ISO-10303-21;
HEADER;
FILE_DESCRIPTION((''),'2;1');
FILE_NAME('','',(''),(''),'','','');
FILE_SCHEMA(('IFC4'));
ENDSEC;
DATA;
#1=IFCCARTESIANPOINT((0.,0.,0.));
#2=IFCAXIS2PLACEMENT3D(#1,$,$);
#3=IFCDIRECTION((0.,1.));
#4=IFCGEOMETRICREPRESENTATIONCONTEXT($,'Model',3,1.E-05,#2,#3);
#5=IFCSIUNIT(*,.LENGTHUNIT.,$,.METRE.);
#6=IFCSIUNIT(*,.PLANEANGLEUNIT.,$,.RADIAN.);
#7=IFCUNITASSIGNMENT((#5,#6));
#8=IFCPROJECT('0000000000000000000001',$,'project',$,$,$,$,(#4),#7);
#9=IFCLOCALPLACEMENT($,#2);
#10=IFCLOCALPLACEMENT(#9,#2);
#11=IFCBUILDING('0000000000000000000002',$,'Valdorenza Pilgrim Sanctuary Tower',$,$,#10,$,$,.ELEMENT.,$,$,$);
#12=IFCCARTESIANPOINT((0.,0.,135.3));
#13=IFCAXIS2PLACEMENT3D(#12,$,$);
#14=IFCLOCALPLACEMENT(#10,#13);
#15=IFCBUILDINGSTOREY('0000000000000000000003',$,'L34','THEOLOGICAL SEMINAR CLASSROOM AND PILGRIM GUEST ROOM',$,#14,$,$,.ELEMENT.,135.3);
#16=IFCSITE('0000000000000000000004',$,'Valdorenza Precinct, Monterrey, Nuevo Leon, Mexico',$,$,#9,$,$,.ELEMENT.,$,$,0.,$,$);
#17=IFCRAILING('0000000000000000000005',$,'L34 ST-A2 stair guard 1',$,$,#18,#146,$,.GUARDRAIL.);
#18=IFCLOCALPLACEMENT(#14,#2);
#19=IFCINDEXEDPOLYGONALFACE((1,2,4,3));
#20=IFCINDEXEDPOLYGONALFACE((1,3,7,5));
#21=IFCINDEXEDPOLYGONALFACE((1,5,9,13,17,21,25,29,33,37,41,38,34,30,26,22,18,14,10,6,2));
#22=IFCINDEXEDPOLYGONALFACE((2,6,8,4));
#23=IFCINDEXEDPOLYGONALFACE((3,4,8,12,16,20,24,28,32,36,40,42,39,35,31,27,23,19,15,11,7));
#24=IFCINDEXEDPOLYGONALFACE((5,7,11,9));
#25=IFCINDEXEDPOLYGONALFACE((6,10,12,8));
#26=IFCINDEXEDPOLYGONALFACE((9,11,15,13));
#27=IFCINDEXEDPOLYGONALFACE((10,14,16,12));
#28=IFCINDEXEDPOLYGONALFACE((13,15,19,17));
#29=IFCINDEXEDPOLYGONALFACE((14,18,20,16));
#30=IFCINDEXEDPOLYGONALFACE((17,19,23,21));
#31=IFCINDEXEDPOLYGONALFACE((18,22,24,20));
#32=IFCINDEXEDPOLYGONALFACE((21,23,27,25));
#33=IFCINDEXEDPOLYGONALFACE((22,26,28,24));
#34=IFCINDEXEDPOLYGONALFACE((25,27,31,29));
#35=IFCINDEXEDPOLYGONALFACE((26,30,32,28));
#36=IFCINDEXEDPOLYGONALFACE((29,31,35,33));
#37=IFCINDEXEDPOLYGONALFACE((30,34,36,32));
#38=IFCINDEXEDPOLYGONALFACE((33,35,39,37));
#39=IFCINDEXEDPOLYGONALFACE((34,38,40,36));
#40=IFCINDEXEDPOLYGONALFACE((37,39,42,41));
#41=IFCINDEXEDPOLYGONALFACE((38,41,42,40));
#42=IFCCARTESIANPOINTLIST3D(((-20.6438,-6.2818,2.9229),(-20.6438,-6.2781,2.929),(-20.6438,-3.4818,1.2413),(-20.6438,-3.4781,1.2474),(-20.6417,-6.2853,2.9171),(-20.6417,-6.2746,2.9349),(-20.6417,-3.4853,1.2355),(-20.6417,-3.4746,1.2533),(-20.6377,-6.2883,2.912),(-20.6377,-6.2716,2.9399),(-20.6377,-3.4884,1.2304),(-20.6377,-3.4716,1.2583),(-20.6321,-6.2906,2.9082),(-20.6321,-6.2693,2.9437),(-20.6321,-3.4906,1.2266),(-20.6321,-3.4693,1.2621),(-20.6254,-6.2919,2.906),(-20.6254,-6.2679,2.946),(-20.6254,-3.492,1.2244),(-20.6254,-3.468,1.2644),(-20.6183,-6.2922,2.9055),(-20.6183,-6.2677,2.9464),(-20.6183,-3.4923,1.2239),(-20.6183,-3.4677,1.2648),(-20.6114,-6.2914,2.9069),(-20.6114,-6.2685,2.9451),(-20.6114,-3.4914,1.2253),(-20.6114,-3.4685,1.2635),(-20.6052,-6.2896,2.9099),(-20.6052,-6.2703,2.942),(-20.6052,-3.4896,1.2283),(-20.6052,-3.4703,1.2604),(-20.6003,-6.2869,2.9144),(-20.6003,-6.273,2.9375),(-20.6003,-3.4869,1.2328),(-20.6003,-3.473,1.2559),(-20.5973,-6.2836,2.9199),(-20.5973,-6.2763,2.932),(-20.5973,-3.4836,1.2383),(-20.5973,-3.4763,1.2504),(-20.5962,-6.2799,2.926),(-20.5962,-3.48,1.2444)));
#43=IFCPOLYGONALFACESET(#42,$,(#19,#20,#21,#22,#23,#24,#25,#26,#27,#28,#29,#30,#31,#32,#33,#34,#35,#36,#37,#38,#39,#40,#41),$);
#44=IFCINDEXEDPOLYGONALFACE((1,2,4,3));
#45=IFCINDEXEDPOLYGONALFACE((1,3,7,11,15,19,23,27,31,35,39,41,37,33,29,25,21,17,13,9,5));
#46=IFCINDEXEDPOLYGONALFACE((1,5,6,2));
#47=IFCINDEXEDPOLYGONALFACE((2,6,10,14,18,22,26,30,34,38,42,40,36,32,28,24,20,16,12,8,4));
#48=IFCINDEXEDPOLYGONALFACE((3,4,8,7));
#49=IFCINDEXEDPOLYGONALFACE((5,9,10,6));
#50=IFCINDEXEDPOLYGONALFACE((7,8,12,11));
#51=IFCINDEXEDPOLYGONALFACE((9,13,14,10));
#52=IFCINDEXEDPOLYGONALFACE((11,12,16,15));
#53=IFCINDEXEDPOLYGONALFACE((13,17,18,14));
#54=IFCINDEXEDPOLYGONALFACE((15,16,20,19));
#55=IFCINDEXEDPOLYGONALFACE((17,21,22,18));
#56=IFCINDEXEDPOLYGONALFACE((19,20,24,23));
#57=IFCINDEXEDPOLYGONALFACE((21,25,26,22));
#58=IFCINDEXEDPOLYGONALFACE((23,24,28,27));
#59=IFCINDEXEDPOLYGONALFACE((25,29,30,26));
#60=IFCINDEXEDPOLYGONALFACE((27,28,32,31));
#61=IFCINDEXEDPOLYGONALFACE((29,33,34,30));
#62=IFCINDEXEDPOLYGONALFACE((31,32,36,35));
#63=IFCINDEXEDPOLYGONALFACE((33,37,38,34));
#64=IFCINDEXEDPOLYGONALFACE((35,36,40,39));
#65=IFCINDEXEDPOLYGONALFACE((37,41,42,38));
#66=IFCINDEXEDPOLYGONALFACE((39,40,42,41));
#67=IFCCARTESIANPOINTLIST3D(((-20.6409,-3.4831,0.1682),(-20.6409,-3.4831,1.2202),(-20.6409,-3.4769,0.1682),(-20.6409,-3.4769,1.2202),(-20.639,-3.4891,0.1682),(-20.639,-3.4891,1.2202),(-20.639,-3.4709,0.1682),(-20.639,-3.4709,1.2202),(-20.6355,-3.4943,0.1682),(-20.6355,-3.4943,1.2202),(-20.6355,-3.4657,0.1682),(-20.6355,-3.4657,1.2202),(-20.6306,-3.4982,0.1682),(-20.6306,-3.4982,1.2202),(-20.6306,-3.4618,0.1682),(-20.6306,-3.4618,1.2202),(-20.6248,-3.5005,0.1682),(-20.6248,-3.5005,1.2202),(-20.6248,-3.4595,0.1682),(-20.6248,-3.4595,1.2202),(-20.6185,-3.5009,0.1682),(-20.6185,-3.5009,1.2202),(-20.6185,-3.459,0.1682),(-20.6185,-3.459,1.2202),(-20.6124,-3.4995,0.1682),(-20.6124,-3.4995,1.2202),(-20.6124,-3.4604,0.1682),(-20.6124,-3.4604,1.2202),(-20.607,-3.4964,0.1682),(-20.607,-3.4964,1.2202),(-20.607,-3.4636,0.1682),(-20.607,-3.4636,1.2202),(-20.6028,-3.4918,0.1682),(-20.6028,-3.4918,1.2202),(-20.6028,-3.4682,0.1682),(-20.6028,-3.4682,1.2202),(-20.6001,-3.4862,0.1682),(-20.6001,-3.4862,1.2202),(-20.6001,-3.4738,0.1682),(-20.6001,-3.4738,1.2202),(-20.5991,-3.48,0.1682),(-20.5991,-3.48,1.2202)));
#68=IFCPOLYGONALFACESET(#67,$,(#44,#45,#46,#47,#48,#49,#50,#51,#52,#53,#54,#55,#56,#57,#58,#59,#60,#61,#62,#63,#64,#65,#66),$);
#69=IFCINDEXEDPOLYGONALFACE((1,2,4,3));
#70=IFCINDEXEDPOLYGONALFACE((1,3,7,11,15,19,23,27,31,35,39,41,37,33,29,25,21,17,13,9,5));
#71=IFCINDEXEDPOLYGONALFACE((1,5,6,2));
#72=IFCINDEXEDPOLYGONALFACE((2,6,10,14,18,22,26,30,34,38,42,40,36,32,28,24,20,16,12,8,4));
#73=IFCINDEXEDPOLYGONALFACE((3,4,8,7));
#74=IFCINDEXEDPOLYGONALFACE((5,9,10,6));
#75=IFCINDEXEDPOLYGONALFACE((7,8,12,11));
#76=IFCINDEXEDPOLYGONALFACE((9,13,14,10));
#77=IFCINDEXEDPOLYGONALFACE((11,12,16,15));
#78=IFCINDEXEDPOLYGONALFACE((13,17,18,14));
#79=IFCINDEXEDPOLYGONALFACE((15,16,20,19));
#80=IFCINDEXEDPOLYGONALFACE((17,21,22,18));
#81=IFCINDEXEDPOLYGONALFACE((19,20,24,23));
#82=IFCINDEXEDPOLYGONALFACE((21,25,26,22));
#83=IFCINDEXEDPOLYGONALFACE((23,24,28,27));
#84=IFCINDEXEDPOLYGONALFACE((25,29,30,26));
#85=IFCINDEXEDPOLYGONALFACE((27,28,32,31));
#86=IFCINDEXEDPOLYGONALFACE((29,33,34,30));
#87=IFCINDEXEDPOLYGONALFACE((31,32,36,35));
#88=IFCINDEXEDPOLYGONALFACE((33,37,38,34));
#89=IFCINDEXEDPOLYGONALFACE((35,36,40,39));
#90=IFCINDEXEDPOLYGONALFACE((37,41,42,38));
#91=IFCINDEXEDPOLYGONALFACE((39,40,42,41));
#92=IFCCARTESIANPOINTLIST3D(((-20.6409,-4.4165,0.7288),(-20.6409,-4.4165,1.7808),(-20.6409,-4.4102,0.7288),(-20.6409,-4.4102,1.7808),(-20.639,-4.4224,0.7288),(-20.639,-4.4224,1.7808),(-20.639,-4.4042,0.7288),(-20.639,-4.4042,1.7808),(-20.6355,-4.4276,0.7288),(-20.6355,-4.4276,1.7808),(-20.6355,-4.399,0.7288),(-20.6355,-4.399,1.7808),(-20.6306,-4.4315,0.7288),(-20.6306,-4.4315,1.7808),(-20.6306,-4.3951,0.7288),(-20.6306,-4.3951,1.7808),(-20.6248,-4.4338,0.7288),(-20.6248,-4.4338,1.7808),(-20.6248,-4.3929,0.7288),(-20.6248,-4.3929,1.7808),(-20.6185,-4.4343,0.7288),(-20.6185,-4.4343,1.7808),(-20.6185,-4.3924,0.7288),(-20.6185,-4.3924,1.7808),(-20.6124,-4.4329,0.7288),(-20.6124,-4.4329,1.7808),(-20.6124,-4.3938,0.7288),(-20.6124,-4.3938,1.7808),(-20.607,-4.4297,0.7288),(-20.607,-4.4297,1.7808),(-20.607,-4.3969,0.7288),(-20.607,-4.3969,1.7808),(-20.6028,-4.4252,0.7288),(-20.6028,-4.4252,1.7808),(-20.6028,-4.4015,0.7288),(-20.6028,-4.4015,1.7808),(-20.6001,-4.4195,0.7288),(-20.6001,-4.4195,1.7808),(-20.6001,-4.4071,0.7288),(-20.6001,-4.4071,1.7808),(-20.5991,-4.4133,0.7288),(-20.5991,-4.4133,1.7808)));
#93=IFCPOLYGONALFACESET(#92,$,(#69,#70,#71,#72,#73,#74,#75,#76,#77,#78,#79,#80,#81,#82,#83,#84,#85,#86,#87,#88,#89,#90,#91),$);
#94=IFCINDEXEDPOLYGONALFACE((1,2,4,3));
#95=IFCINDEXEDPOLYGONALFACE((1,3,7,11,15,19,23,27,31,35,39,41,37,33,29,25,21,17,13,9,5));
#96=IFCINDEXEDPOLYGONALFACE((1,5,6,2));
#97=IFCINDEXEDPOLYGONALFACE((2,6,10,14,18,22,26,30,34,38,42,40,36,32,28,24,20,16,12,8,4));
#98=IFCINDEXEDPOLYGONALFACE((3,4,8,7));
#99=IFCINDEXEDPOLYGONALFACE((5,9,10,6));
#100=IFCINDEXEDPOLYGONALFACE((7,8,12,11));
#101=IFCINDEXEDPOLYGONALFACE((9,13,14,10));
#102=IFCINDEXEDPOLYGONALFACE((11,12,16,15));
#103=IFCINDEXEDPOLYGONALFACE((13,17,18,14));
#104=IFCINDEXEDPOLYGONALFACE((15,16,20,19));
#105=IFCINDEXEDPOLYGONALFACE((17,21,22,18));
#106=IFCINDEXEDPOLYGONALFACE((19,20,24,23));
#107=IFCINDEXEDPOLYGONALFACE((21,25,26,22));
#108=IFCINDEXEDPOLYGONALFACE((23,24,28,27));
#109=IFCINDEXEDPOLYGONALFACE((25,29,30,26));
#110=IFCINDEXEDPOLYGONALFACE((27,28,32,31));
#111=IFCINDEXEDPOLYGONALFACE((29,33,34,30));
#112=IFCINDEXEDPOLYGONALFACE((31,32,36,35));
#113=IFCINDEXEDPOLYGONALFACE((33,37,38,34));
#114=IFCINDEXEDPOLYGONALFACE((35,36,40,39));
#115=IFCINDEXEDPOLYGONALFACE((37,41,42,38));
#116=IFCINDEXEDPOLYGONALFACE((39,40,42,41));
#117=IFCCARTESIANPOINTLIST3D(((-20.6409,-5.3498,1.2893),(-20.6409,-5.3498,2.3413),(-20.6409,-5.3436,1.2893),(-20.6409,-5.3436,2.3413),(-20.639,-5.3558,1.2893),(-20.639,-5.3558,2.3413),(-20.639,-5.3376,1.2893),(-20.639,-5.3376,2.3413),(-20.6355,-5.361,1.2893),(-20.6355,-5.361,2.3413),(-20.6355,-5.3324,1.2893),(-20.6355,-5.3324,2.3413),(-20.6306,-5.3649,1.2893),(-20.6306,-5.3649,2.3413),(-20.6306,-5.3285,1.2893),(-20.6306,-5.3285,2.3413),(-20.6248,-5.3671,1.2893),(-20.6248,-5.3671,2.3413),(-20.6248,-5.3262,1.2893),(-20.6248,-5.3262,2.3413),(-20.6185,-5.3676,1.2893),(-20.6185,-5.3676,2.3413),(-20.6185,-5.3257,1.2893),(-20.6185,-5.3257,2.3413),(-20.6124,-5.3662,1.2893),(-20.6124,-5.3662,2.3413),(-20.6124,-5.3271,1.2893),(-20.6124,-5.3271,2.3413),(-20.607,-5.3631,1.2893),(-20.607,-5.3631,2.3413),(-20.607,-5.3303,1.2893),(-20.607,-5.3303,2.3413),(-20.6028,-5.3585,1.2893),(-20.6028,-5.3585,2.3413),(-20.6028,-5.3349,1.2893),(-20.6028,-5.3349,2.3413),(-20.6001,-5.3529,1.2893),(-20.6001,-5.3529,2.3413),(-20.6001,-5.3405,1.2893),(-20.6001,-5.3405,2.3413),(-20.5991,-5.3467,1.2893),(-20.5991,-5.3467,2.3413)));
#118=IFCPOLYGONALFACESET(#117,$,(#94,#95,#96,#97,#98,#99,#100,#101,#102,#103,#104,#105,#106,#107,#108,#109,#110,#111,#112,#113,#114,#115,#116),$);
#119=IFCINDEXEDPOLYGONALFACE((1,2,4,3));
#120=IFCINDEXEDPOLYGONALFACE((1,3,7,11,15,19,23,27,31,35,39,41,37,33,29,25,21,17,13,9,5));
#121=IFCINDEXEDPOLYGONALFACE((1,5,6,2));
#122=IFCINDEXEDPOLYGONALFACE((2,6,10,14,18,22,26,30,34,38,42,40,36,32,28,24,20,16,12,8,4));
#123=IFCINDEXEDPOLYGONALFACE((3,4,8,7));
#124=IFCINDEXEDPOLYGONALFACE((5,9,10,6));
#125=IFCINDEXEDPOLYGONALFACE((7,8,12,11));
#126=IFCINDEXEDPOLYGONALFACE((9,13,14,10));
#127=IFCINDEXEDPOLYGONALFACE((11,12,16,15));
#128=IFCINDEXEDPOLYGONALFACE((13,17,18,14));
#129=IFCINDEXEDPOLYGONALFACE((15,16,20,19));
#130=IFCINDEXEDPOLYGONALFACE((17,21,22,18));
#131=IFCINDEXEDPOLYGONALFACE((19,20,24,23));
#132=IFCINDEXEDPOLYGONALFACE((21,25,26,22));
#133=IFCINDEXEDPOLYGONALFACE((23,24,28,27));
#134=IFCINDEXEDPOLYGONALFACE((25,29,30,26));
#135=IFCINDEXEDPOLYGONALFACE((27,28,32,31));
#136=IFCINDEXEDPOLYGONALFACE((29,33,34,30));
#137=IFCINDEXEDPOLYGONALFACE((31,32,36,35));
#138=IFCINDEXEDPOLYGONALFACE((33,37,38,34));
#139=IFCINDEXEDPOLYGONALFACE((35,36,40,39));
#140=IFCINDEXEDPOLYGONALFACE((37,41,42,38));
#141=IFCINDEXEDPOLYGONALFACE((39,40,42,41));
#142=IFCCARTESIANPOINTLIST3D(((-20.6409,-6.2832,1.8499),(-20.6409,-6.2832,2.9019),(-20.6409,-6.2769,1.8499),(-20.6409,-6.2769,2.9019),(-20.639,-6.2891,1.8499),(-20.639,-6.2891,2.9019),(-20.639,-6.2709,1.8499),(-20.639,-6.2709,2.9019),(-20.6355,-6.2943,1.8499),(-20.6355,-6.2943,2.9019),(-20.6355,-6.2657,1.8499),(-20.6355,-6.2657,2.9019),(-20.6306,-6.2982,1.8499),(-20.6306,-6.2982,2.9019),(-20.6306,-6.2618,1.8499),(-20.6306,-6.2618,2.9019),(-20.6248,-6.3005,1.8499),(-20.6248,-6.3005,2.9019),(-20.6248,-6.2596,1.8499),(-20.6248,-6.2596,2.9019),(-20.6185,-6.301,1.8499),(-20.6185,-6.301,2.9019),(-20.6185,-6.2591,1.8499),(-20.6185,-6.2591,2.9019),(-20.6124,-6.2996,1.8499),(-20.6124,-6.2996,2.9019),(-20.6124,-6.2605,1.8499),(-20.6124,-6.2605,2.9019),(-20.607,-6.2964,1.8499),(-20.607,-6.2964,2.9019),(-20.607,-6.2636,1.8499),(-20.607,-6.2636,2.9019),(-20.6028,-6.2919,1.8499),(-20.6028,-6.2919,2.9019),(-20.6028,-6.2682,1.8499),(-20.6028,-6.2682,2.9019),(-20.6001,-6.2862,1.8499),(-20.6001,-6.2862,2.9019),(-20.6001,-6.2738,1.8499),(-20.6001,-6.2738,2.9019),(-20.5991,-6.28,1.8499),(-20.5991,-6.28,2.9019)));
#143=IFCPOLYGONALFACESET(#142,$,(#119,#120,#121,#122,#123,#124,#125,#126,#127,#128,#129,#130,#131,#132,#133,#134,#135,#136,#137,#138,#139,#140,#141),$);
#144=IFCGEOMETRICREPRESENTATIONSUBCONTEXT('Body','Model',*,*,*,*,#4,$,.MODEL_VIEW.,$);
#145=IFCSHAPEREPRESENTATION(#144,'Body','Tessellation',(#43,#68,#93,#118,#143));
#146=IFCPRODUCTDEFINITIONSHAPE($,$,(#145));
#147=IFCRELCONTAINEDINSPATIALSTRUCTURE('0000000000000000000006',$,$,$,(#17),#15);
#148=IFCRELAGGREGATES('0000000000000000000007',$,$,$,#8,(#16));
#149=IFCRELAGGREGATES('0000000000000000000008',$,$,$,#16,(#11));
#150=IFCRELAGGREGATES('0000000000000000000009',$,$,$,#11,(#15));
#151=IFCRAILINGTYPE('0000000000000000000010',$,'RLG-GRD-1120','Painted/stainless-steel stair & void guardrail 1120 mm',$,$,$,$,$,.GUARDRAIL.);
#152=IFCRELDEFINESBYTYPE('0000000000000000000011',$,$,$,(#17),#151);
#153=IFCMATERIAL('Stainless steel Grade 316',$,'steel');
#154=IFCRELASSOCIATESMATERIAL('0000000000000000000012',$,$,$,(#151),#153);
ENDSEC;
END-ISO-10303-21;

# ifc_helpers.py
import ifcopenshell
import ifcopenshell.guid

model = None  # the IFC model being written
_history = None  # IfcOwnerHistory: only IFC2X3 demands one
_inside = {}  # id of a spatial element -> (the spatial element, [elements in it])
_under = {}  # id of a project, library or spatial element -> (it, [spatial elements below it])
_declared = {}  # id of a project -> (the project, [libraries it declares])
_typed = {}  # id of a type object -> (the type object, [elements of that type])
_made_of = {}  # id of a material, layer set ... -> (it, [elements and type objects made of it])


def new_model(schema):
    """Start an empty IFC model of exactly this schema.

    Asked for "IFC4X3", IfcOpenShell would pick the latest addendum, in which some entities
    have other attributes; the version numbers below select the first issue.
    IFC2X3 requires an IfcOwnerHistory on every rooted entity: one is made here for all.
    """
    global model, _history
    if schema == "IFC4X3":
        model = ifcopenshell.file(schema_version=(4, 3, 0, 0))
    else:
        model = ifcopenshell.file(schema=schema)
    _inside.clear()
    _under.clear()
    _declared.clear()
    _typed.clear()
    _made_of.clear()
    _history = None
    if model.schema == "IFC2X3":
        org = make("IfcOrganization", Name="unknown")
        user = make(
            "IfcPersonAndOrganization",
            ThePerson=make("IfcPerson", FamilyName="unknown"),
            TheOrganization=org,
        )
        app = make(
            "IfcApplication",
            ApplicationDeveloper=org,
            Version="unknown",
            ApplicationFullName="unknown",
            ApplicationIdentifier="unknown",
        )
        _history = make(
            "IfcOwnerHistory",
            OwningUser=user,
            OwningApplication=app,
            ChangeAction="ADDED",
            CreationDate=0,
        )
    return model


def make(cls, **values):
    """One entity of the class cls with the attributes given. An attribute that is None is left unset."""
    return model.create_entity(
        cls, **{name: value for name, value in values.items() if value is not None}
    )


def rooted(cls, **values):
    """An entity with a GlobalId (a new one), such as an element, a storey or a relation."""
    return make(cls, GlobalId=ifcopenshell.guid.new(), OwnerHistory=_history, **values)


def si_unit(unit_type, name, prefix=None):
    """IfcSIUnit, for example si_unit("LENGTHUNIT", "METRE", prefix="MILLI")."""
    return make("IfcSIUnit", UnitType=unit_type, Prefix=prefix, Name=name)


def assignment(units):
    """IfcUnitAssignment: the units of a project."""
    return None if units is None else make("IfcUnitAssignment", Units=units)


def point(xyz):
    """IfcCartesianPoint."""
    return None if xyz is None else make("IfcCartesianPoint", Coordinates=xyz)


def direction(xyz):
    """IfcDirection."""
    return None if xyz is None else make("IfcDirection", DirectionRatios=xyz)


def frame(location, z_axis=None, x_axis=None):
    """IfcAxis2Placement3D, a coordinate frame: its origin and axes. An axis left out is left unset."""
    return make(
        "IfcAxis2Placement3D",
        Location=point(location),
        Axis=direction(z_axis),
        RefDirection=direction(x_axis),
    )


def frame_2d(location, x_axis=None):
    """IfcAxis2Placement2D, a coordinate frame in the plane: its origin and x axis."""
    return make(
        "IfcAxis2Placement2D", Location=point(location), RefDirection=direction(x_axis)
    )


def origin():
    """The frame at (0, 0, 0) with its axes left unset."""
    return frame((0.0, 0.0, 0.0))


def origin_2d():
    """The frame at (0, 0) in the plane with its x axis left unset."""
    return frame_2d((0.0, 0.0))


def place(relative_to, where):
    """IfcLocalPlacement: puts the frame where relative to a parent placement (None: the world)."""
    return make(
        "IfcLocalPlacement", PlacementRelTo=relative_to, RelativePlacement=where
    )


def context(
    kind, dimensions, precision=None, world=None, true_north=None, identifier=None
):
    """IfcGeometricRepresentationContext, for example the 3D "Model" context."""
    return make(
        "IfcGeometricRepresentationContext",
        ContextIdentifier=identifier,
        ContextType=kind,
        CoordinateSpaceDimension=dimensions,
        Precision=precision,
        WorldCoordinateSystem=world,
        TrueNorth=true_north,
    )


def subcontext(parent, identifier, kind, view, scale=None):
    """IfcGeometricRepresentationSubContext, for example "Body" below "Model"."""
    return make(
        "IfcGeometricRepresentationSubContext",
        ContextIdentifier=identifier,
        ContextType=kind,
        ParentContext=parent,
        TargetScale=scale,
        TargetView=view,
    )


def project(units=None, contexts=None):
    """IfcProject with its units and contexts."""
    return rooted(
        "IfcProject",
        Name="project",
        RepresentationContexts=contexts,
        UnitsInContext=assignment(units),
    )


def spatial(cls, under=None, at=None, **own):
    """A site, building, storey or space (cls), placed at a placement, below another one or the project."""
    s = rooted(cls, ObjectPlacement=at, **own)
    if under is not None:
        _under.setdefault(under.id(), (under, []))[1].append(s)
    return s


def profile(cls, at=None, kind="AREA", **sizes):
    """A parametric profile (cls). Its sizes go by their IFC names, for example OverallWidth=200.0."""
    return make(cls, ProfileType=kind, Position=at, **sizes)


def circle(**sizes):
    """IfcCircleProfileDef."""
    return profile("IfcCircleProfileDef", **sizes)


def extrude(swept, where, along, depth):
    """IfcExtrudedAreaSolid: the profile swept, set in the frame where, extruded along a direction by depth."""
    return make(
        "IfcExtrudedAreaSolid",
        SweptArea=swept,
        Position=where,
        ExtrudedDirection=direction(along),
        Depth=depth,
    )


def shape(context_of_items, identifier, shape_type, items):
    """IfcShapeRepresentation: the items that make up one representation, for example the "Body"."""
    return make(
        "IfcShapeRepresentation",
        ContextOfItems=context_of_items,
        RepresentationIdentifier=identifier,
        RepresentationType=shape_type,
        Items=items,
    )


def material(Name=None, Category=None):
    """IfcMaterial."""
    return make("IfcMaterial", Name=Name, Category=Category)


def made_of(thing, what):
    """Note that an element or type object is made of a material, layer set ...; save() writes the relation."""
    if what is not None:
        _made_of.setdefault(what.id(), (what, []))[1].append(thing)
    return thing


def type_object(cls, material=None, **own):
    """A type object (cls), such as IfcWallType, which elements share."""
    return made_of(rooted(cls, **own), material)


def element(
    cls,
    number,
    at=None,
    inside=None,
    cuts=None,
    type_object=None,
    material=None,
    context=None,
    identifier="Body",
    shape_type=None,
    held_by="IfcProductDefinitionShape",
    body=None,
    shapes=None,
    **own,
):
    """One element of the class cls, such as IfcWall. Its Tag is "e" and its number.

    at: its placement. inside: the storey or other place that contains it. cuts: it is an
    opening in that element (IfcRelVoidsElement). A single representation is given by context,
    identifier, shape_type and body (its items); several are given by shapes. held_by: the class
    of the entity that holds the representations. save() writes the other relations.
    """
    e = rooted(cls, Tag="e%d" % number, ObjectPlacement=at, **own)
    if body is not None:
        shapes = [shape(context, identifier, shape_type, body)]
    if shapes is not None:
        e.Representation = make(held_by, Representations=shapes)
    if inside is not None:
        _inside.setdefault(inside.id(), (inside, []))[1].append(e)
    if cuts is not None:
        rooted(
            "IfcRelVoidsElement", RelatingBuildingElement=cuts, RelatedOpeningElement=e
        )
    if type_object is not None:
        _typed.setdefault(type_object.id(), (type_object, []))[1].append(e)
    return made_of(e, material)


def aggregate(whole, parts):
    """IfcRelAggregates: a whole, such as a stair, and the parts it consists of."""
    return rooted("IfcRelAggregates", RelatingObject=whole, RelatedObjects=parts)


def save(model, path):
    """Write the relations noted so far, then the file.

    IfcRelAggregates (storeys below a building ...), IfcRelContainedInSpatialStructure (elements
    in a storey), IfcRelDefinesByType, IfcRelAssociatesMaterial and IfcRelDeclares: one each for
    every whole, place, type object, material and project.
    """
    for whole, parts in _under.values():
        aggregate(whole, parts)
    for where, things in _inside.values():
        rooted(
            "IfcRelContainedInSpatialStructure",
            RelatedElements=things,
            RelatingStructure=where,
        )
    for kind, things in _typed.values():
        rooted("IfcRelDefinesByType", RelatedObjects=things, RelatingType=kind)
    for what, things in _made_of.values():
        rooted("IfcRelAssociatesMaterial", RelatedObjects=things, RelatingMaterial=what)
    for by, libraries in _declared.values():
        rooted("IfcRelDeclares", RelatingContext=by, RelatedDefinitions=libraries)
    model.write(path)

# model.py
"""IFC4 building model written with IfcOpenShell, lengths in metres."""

from ifc_helpers import new_model, si_unit, direction, frame, origin, origin_2d, place, context, subcontext, project, spatial, circle, extrude, material, type_object, element, save


model = new_model("IFC4")

# Units and contexts
model_context = context("Model", 3, precision=1e-05, world=origin(), true_north=direction((0.0, 1.0)))
body_context = subcontext(model_context, "Body", "Model", "MODEL_VIEW")
ifc_project = project(units=[si_unit("LENGTHUNIT", "METRE"), si_unit("PLANEANGLEUNIT", "RADIAN")], contexts=[model_context])

# Site, building, storey
site_placement = place(None, origin())
site = spatial("IfcSite", under=ifc_project, at=site_placement, Name="Valdorenza Precinct, Monterrey, Nuevo Leon, Mexico", CompositionType="ELEMENT", RefElevation=0.0)
building_placement = place(site_placement, origin())
building = spatial("IfcBuilding", under=site, at=building_placement, Name="Valdorenza Pilgrim Sanctuary Tower", CompositionType="ELEMENT")
storey_placement = place(building_placement, frame((0.0, 0.0, 135.3)))
storey = spatial("IfcBuildingStorey", under=building, at=storey_placement, Name="L34", Description="THEOLOGICAL SEMINAR CLASSROOM AND PILGRIM GUEST ROOM", CompositionType="ELEMENT", Elevation=135.3)

# Railing
ifc_material_1 = material(Name="Stainless steel Grade 316", Category="steel")
railing_type_1 = type_object("IfcRailingType", Name="RLG-GRD-1120", Description="Painted/stainless-steel stair & void guardrail 1120 mm", PredefinedType="GUARDRAIL", material=ifc_material_1)
railing_1_placement = place(storey_placement, frame((-20.6201, -3.48, 0.1682)))
element("IfcRailing", 1, at=railing_1_placement, inside=storey, type_object=railing_type_1, Name="L34 ST-A2 stair guard 1", PredefinedType="GUARDRAIL", context=body_context, shape_type="SweptSolid", body=[
    extrude(circle(Radius=0.0239, at=origin_2d()), frame((0.0, 0.0, 1.0762), z_axis=(0.0, -0.857275, 0.514858), x_axis=(1.0, 0.0, 0.0)), (0.0, 0.0, 1.0), 3.2661),
    extrude(circle(Radius=0.021, at=origin_2d()), origin(), (0.0, 0.0, 1.0), 1.052),
    extrude(circle(Radius=0.021, at=origin_2d()), frame((0.0, -0.9333, 0.5605)), (0.0, 0.0, 1.0), 1.052),
    extrude(circle(Radius=0.021, at=origin_2d()), frame((0.0, -1.8667, 1.1211)), (0.0, 0.0, 1.0), 1.052),
    extrude(circle(Radius=0.021, at=origin_2d()), frame((0.0, -2.8, 1.6816)), (0.0, 0.0, 1.0), 1.052),
])

save(model, "model.ifc")
